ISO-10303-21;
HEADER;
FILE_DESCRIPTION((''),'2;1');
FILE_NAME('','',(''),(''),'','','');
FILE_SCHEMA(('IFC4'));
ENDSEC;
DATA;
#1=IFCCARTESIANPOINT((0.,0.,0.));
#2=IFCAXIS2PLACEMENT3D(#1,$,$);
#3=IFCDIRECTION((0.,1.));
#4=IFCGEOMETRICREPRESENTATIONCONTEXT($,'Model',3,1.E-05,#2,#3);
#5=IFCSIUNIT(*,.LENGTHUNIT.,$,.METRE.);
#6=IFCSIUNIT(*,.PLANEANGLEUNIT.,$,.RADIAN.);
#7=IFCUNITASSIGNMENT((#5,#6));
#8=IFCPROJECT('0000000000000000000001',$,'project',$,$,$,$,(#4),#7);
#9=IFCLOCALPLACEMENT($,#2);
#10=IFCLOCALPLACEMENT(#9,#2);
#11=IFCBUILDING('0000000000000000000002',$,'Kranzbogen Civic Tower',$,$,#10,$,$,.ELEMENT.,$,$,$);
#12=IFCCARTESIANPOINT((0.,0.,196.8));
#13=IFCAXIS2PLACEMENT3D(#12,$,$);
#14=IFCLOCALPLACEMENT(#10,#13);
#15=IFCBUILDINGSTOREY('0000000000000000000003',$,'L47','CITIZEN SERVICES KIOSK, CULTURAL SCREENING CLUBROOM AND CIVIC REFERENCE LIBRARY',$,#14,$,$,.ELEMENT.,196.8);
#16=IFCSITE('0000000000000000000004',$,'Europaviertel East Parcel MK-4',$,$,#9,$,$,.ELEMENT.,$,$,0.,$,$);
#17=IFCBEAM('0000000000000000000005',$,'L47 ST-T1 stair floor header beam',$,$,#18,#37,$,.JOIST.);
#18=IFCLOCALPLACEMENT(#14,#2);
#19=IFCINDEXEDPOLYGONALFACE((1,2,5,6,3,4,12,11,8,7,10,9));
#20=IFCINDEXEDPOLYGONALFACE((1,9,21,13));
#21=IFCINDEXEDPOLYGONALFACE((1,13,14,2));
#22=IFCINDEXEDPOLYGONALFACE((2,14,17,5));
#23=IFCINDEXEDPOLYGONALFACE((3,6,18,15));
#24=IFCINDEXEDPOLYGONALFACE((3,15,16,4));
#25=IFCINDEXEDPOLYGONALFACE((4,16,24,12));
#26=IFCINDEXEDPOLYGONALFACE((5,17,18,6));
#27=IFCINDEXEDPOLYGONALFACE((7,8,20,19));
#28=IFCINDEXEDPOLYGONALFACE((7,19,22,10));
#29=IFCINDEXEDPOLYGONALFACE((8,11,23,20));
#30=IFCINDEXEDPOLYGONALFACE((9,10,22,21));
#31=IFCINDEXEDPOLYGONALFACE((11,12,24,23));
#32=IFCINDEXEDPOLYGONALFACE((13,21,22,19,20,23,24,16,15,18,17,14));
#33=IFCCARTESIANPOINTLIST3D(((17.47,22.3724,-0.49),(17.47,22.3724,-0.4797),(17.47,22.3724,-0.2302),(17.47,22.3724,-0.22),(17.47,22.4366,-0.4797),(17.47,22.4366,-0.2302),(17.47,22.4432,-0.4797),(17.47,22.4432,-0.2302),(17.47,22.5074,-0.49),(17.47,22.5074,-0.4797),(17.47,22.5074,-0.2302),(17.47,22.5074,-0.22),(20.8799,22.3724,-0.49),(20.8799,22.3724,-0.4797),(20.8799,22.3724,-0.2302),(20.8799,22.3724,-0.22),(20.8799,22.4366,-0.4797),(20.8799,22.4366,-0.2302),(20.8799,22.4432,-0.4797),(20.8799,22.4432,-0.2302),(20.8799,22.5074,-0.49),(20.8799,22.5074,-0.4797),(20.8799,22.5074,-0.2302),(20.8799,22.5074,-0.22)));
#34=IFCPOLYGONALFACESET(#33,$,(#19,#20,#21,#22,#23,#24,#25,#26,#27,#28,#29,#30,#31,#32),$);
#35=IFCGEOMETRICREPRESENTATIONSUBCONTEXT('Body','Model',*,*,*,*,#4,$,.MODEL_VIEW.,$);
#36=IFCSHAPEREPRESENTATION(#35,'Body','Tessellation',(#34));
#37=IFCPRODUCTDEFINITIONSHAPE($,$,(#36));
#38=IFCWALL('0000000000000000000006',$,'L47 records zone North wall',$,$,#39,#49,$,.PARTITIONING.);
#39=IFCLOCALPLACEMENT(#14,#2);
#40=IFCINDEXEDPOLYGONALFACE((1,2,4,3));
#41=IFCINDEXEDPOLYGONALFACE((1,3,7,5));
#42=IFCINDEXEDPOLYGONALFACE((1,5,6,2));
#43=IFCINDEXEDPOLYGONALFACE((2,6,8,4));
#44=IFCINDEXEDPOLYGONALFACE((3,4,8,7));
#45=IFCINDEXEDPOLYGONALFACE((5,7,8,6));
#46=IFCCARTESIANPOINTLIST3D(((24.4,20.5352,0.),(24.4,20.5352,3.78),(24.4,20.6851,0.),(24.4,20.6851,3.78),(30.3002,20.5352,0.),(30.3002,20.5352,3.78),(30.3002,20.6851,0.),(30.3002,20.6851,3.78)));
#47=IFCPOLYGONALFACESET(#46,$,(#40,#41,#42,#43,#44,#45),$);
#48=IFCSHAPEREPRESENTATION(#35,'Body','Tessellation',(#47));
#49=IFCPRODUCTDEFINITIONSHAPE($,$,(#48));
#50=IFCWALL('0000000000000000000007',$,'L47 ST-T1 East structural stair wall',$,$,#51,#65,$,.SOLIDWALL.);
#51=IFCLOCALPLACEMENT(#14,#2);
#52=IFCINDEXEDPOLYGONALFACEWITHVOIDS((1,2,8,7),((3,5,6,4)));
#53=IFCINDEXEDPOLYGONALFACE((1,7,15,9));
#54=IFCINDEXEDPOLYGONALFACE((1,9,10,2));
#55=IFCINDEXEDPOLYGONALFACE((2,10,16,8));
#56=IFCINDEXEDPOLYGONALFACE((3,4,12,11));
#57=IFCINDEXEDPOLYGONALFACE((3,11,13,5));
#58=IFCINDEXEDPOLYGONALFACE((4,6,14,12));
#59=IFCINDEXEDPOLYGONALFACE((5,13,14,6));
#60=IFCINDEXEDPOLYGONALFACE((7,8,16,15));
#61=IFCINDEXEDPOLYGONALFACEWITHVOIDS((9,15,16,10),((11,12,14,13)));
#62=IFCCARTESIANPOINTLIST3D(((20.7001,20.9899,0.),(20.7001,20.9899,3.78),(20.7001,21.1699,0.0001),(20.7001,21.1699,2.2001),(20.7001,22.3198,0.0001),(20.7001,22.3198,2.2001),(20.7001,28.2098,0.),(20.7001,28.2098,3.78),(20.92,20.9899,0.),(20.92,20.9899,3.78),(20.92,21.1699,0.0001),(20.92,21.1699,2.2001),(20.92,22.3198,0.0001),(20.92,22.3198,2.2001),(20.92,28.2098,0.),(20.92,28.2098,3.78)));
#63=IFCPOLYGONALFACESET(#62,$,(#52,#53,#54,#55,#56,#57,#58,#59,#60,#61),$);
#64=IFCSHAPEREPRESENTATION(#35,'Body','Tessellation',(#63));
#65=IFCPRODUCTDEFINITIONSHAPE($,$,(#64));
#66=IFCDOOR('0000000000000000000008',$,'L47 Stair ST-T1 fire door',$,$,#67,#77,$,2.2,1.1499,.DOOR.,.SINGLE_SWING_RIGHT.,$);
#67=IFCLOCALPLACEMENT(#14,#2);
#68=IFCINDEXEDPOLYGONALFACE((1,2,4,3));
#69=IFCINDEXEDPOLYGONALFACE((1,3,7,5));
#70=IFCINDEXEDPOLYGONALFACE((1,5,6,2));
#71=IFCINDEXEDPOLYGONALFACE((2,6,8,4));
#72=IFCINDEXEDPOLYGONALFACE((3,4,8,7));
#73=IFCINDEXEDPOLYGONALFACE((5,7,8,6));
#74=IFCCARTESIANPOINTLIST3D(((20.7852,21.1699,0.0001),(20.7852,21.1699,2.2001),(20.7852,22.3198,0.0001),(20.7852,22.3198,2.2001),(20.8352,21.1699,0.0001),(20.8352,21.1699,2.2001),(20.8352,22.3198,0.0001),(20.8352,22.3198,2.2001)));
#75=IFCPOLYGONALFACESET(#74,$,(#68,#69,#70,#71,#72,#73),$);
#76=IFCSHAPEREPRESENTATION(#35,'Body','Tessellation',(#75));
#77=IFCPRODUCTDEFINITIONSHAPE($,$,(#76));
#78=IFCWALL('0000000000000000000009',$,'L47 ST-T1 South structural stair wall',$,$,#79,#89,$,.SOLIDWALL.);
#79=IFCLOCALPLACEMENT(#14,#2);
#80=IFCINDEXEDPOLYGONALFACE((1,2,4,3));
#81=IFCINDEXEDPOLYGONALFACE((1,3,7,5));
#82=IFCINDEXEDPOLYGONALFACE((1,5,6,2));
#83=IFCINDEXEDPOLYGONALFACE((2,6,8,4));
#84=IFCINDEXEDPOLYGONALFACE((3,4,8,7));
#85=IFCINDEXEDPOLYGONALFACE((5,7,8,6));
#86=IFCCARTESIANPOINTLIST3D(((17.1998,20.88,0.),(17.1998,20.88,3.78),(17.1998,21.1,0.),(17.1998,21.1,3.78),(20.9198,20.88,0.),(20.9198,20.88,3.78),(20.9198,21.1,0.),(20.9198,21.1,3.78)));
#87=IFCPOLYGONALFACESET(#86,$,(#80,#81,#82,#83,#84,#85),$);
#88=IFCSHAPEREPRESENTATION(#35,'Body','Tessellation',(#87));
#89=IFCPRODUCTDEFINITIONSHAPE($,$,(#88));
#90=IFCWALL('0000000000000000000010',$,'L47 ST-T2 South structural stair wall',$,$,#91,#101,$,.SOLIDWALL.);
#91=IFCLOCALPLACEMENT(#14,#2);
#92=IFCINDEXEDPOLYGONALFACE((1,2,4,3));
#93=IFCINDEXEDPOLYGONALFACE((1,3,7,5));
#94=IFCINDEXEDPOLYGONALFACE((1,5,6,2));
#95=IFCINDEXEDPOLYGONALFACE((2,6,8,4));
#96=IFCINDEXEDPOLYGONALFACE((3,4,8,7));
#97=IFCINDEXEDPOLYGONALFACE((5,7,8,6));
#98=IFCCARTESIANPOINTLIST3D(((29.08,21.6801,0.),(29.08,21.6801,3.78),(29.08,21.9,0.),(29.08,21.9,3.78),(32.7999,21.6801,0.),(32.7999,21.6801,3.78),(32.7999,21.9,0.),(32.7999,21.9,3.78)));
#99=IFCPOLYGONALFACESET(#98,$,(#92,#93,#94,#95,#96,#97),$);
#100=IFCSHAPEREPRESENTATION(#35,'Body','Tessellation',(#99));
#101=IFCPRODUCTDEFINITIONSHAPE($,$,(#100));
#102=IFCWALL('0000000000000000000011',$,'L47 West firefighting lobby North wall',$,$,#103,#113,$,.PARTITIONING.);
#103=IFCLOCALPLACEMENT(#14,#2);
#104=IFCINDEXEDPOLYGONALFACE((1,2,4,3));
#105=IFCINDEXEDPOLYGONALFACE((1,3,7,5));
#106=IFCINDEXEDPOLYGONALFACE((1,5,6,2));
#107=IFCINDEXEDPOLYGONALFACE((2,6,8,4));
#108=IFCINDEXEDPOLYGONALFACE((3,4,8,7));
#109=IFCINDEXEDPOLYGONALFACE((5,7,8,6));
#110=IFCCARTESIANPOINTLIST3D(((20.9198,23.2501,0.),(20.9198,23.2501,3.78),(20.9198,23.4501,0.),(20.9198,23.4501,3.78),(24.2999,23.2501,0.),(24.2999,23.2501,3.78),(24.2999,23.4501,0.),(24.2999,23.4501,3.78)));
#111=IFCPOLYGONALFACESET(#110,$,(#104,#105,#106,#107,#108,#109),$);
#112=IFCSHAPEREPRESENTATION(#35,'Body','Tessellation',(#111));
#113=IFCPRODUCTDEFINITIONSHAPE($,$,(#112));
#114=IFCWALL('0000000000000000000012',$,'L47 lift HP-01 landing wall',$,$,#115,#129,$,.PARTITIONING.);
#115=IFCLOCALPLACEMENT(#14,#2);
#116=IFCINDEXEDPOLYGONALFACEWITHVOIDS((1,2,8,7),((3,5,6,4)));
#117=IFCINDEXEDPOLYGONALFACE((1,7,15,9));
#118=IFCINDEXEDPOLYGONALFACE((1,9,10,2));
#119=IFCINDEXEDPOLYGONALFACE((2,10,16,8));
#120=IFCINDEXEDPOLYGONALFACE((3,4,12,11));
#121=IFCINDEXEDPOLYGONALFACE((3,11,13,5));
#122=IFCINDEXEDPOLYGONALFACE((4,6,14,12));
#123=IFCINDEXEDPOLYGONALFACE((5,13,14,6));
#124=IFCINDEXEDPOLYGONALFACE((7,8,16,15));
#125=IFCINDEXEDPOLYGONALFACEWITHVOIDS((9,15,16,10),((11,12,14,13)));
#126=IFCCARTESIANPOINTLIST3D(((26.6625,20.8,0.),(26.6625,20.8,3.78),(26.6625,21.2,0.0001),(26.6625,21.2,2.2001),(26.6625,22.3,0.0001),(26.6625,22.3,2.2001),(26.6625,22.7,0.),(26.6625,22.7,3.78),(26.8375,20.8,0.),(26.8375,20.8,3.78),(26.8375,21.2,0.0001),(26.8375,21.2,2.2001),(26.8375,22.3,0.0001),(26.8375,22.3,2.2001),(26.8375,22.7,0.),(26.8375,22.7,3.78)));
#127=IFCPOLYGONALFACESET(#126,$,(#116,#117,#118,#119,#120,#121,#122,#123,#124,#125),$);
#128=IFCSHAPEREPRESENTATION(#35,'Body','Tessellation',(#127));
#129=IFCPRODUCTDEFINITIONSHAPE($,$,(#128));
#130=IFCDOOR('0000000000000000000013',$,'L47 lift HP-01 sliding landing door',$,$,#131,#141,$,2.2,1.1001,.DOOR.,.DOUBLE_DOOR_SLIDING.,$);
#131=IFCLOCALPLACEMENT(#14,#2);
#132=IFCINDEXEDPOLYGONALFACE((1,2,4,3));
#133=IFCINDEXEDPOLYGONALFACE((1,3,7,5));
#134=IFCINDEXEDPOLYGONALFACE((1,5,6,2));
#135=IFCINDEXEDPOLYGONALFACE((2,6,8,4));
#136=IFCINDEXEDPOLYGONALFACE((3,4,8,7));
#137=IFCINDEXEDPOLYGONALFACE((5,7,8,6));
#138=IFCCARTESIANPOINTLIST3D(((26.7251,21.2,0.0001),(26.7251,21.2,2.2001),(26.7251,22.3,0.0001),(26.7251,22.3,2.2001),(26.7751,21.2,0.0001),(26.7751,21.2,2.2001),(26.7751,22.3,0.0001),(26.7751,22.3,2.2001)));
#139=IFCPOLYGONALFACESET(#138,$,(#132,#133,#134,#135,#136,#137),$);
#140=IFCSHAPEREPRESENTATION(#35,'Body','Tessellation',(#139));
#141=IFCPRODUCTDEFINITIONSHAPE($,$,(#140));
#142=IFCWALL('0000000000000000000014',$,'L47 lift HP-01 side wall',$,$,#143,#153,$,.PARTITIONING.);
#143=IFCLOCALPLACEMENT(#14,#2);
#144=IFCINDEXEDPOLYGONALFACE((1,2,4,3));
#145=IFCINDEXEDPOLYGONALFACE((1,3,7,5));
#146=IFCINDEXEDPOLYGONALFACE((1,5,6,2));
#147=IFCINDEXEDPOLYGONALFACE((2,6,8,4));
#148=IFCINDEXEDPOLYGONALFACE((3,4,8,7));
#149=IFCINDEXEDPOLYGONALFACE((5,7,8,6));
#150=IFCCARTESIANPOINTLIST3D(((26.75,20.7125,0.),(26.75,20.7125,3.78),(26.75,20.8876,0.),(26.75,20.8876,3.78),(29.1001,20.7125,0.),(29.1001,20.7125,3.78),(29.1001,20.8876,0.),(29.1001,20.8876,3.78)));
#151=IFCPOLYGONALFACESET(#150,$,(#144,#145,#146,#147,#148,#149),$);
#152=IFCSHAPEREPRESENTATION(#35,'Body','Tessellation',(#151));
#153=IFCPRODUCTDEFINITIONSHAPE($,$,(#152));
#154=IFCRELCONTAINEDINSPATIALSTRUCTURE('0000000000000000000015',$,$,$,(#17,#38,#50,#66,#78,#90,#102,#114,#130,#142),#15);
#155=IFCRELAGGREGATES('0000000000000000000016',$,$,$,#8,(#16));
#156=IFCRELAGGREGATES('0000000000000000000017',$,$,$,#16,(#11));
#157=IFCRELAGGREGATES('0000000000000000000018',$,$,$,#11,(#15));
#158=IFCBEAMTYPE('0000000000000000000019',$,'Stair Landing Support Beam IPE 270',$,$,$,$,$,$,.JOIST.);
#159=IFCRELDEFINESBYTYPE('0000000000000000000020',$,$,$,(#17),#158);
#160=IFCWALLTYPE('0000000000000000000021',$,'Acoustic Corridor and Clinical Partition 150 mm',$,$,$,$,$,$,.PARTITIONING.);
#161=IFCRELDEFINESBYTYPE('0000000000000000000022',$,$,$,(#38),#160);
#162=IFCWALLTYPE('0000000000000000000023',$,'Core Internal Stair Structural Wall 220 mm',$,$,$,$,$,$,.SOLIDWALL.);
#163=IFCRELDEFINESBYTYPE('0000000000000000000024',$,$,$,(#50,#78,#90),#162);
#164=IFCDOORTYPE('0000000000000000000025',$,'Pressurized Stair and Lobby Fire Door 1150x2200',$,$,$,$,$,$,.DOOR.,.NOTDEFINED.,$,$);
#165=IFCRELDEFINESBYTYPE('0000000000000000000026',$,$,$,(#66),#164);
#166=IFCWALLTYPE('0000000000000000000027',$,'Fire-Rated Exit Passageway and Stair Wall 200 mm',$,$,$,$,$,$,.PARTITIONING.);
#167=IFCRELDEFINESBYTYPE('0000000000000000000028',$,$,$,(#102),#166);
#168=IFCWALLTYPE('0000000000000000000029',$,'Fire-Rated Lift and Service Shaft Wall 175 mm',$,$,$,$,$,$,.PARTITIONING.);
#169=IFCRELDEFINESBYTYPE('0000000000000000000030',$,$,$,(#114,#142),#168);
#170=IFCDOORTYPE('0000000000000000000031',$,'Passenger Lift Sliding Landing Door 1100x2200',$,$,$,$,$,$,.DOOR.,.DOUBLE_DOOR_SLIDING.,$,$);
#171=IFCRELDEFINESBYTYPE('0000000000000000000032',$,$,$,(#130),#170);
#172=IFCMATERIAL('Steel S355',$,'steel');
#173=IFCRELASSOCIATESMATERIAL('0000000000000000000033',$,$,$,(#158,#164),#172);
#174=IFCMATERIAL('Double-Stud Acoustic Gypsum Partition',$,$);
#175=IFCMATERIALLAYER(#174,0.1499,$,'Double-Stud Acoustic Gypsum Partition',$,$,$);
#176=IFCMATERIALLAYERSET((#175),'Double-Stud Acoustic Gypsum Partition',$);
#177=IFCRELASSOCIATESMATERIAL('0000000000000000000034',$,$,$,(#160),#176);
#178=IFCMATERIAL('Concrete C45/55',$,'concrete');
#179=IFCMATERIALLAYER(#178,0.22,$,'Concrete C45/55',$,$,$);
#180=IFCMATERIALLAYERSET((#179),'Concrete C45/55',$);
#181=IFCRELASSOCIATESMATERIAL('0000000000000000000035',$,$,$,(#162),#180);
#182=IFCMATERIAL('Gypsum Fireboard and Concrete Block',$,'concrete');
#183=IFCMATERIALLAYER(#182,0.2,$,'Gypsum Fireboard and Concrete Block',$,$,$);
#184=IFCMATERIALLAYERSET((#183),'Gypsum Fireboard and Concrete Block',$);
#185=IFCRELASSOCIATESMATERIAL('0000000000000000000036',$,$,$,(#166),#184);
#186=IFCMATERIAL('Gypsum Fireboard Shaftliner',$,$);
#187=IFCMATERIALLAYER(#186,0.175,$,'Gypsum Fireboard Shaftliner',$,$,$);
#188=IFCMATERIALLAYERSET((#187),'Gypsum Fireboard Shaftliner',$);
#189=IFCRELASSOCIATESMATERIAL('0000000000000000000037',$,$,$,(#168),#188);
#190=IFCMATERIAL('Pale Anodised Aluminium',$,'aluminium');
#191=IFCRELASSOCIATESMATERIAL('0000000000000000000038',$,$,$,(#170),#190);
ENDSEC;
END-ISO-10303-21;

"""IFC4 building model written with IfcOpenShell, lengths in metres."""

from ifc_helpers import new_model, si_unit, direction, frame, frame_2d, origin, origin_2d, place, context, subcontext, project, spatial, rectangle, i_section, extrude, material, layer, layer_set, material_profile, profile_set, type_object, element, fill, save


model = new_model("IFC4")

# Units and contexts
model_context = context("Model", 3, precision=1e-05, world=origin(), true_north=direction((0.0, 1.0)))
body_context = subcontext(model_context, "Body", "Model", "MODEL_VIEW")
ifc_project = project(units=[si_unit("LENGTHUNIT", "METRE"), si_unit("PLANEANGLEUNIT", "RADIAN")], contexts=[model_context])

# Site, building, storey
site_placement = place(None, origin())
site = spatial("IfcSite", under=ifc_project, at=site_placement, Name="Europaviertel East Parcel MK-4", CompositionType="ELEMENT", RefElevation=0.0)
building_placement = place(site_placement, origin())
building = spatial("IfcBuilding", under=site, at=building_placement, Name="Kranzbogen Civic Tower", CompositionType="ELEMENT")
storey_placement = place(building_placement, frame((0.0, 0.0, 196.8)))
storey = spatial("IfcBuildingStorey", under=building, at=storey_placement, Name="L47", Description="CITIZEN SERVICES KIOSK, CULTURAL SCREENING CLUBROOM AND CIVIC REFERENCE LIBRARY", CompositionType="ELEMENT", Elevation=196.8)

# Beam
ifc_material_1 = material(Name="Steel S355", Category="steel")
ifc_material_profile = material_profile(ifc_material_1, i_section(OverallWidth=0.135, OverallDepth=0.27, WebThickness=0.0066, FlangeThickness=0.0103, at=origin_2d()), Name="IPE 270")
ifc_profile_set = profile_set([ifc_material_profile], Name="Steel S355")
beam_type = type_object("IfcBeamType", Name="Stair Landing Support Beam IPE 270", PredefinedType="JOIST", material=ifc_profile_set)
beam_placement = place(storey_placement, frame((20.8799, 22.4399, -0.355), z_axis=(-1.0, 0.0, 0.0), x_axis=(0.0, -1.0, 0.0)))
element("IfcBeam", 1, at=beam_placement, inside=storey, type_object=beam_type, Name="L47 ST-T1 stair floor header beam", PredefinedType="JOIST", context=body_context, shape_type="SweptSolid", body=[
    extrude(i_section(OverallWidth=0.135, OverallDepth=0.27, WebThickness=0.0066, FlangeThickness=0.0103, at=origin_2d()), origin(), (0.0, 0.0, 1.0), 3.4099),
])

# Wall
ifc_material_2 = material(Name="Double-Stud Acoustic Gypsum Partition")
ifc_layer_1 = layer(ifc_material_2, 0.1499, Name="Double-Stud Acoustic Gypsum Partition")
ifc_layer_set_1 = layer_set([ifc_layer_1], Name="Double-Stud Acoustic Gypsum Partition")
wall_type_1 = type_object("IfcWallType", Name="Acoustic Corridor and Clinical Partition 150 mm", PredefinedType="PARTITIONING", material=ifc_layer_set_1)
wall_1_placement = place(storey_placement, frame((24.3999, 20.6101, 0.0), z_axis=(0.0, 0.0, 1.0), x_axis=(1.0, 0.0, 0.0)))
element("IfcWall", 2, at=wall_1_placement, inside=storey, type_object=wall_type_1, Name="L47 records zone North wall", PredefinedType="PARTITIONING", context=body_context, shape_type="SweptSolid", body=[
    extrude(rectangle(XDim=5.9001, YDim=0.1499, at=frame_2d((2.9502, 0.0))), origin(), (0.0, 0.0, 1.0), 3.78),
])

# Wall, opening, door
ifc_material_3 = material(Name="Concrete C45/55", Category="concrete")
ifc_layer_2 = layer(ifc_material_3, 0.22, Name="Concrete C45/55")
ifc_layer_set_2 = layer_set([ifc_layer_2], Name="Concrete C45/55")
wall_type_2 = type_object("IfcWallType", Name="Core Internal Stair Structural Wall 220 mm", PredefinedType="SOLIDWALL", material=ifc_layer_set_2)
wall_2_placement = place(storey_placement, frame((20.8101, 20.99, 0.0), z_axis=(0.0, 0.0, 1.0), x_axis=(0.0, 1.0, 0.0)))
wall_2 = element("IfcWall", 3, at=wall_2_placement, inside=storey, type_object=wall_type_2, Name="L47 ST-T1 East structural stair wall", PredefinedType="SOLIDWALL", context=body_context, shape_type="SweptSolid", body=[
    extrude(rectangle(XDim=7.22, YDim=0.22, at=frame_2d((3.6099, 0.0))), origin(), (0.0, 0.0, 1.0), 3.78),
])
opening_1_placement = place(wall_2_placement, frame((0.1799, 0.0, 0.0)))
opening_1 = element("IfcOpeningElement", 4, at=opening_1_placement, cuts=wall_2, PredefinedType="OPENING", context=body_context, shape_type="SweptSolid", body=[
    extrude(rectangle(XDim=1.1499, YDim=2.2, at=frame_2d((0.575, 1.1001))), frame((0.0, 0.1201, 0.0), z_axis=(0.0, -1.0, 0.0), x_axis=(1.0, 0.0, 0.0)), (0.0, 0.0, 1.0), 0.24),
])
door_type_1 = type_object("IfcDoorType", Name="Pressurized Stair and Lobby Fire Door 1150x2200", OperationType="NOTDEFINED", PredefinedType="DOOR", material=ifc_material_1)
door_1_placement = place(opening_1_placement, origin())
door_1 = element("IfcDoor", 5, at=door_1_placement, inside=storey, type_object=door_type_1, Name="L47 Stair ST-T1 fire door", OperationType="SINGLE_SWING_RIGHT", OverallHeight=2.2, OverallWidth=1.1499, PredefinedType="DOOR", context=body_context, shape_type="SweptSolid", body=[
    extrude(rectangle(XDim=1.1499, YDim=2.2, at=frame_2d((0.575, 1.1001))), frame((0.0, 0.0249, 0.0), z_axis=(0.0, -1.0, 0.0), x_axis=(1.0, 0.0, 0.0)), (0.0, 0.0, 1.0), 0.05),
])
fill(opening_1, door_1)

# Walls
for number, where, z_axis, x_axis, name in (
    (6, (17.2, 20.99, 0.0), (0.0, 0.0, 1.0), (1.0, 0.0, 0.0), "L47 ST-T1 South structural stair wall"),
    (7, (29.0801, 21.79, 0.0), (0.0, 0.0, 1.0), (1.0, 0.0, 0.0), "L47 ST-T2 South structural stair wall"),
):
    element("IfcWall", number, at=place(storey_placement, frame(where, z_axis=z_axis, x_axis=x_axis)), inside=storey, type_object=wall_type_2, Name=name, PredefinedType="SOLIDWALL", context=body_context, shape_type="SweptSolid", body=[
        extrude(rectangle(XDim=3.72, YDim=0.22, at=frame_2d((1.8599, 0.0))), origin(), (0.0, 0.0, 1.0), 3.78),
    ])
ifc_material_4 = material(Name="Gypsum Fireboard and Concrete Block", Category="concrete")
ifc_layer_3 = layer(ifc_material_4, 0.2, Name="Gypsum Fireboard and Concrete Block")
ifc_layer_set_3 = layer_set([ifc_layer_3], Name="Gypsum Fireboard and Concrete Block")
wall_type_3 = type_object("IfcWallType", Name="Fire-Rated Exit Passageway and Stair Wall 200 mm", PredefinedType="PARTITIONING", material=ifc_layer_set_3)
wall_3_placement = place(storey_placement, frame((20.9199, 23.3501, 0.0), z_axis=(0.0, 0.0, 1.0), x_axis=(1.0, 0.0, 0.0)))
element("IfcWall", 8, at=wall_3_placement, inside=storey, type_object=wall_type_3, Name="L47 West firefighting lobby North wall", PredefinedType="PARTITIONING", context=body_context, shape_type="SweptSolid", body=[
    extrude(rectangle(XDim=3.3801, YDim=0.2, at=frame_2d((1.6899, 0.0))), origin(), (0.0, 0.0, 1.0), 3.78),
])

# Wall, opening, door
ifc_material_5 = material(Name="Gypsum Fireboard Shaftliner")
ifc_layer_4 = layer(ifc_material_5, 0.175, Name="Gypsum Fireboard Shaftliner")
ifc_layer_set_4 = layer_set([ifc_layer_4], Name="Gypsum Fireboard Shaftliner")
wall_type_4 = type_object("IfcWallType", Name="Fire-Rated Lift and Service Shaft Wall 175 mm", PredefinedType="PARTITIONING", material=ifc_layer_set_4)
wall_4_placement = place(storey_placement, frame((26.75, 20.8, 0.0), z_axis=(0.0, 0.0, 1.0), x_axis=(0.0, 1.0, 0.0)))
wall_4 = element("IfcWall", 9, at=wall_4_placement, inside=storey, type_object=wall_type_4, Name="L47 lift HP-01 landing wall", PredefinedType="PARTITIONING", context=body_context, shape_type="SweptSolid", body=[
    extrude(rectangle(XDim=1.8999, YDim=0.175, at=frame_2d((0.95, 0.0))), origin(), (0.0, 0.0, 1.0), 3.78),
])
opening_2_placement = place(wall_4_placement, frame((0.3999, 0.0, 0.0)))
opening_2 = element("IfcOpeningElement", 10, at=opening_2_placement, cuts=wall_4, PredefinedType="OPENING", context=body_context, shape_type="SweptSolid", body=[
    extrude(rectangle(XDim=1.1001, YDim=2.2, at=frame_2d((0.55, 1.1001))), frame((0.0, 0.0977, 0.0), z_axis=(0.0, -1.0, 0.0), x_axis=(1.0, 0.0, 0.0)), (0.0, 0.0, 1.0), 0.1951),
])
ifc_material_6 = material(Name="Pale Anodised Aluminium", Category="aluminium")
door_type_2 = type_object("IfcDoorType", Name="Passenger Lift Sliding Landing Door 1100x2200", OperationType="DOUBLE_DOOR_SLIDING", PredefinedType="DOOR", material=ifc_material_6)
door_2_placement = place(opening_2_placement, origin())
door_2 = element("IfcDoor", 11, at=door_2_placement, inside=storey, type_object=door_type_2, Name="L47 lift HP-01 sliding landing door", OperationType="DOUBLE_DOOR_SLIDING", OverallHeight=2.2, OverallWidth=1.1001, PredefinedType="DOOR", context=body_context, shape_type="SweptSolid", body=[
    extrude(rectangle(XDim=1.1001, YDim=2.2, at=frame_2d((0.55, 1.1001))), frame((0.0, 0.0249, 0.0), z_axis=(0.0, -1.0, 0.0), x_axis=(1.0, 0.0, 0.0)), (0.0, 0.0, 1.0), 0.05),
])
fill(opening_2, door_2)

# Wall
wall_5_placement = place(storey_placement, frame((26.75, 20.8, 0.0), z_axis=(0.0, 0.0, 1.0), x_axis=(1.0, 0.0, 0.0)))
element("IfcWall", 12, at=wall_5_placement, inside=storey, type_object=wall_type_4, Name="L47 lift HP-01 side wall", PredefinedType="PARTITIONING", context=body_context, shape_type="SweptSolid", body=[
    extrude(rectangle(XDim=2.3501, YDim=0.175, at=frame_2d((1.175, 0.0))), origin(), (0.0, 0.0, 1.0), 3.78),
])

save(model, "model.ifc")
